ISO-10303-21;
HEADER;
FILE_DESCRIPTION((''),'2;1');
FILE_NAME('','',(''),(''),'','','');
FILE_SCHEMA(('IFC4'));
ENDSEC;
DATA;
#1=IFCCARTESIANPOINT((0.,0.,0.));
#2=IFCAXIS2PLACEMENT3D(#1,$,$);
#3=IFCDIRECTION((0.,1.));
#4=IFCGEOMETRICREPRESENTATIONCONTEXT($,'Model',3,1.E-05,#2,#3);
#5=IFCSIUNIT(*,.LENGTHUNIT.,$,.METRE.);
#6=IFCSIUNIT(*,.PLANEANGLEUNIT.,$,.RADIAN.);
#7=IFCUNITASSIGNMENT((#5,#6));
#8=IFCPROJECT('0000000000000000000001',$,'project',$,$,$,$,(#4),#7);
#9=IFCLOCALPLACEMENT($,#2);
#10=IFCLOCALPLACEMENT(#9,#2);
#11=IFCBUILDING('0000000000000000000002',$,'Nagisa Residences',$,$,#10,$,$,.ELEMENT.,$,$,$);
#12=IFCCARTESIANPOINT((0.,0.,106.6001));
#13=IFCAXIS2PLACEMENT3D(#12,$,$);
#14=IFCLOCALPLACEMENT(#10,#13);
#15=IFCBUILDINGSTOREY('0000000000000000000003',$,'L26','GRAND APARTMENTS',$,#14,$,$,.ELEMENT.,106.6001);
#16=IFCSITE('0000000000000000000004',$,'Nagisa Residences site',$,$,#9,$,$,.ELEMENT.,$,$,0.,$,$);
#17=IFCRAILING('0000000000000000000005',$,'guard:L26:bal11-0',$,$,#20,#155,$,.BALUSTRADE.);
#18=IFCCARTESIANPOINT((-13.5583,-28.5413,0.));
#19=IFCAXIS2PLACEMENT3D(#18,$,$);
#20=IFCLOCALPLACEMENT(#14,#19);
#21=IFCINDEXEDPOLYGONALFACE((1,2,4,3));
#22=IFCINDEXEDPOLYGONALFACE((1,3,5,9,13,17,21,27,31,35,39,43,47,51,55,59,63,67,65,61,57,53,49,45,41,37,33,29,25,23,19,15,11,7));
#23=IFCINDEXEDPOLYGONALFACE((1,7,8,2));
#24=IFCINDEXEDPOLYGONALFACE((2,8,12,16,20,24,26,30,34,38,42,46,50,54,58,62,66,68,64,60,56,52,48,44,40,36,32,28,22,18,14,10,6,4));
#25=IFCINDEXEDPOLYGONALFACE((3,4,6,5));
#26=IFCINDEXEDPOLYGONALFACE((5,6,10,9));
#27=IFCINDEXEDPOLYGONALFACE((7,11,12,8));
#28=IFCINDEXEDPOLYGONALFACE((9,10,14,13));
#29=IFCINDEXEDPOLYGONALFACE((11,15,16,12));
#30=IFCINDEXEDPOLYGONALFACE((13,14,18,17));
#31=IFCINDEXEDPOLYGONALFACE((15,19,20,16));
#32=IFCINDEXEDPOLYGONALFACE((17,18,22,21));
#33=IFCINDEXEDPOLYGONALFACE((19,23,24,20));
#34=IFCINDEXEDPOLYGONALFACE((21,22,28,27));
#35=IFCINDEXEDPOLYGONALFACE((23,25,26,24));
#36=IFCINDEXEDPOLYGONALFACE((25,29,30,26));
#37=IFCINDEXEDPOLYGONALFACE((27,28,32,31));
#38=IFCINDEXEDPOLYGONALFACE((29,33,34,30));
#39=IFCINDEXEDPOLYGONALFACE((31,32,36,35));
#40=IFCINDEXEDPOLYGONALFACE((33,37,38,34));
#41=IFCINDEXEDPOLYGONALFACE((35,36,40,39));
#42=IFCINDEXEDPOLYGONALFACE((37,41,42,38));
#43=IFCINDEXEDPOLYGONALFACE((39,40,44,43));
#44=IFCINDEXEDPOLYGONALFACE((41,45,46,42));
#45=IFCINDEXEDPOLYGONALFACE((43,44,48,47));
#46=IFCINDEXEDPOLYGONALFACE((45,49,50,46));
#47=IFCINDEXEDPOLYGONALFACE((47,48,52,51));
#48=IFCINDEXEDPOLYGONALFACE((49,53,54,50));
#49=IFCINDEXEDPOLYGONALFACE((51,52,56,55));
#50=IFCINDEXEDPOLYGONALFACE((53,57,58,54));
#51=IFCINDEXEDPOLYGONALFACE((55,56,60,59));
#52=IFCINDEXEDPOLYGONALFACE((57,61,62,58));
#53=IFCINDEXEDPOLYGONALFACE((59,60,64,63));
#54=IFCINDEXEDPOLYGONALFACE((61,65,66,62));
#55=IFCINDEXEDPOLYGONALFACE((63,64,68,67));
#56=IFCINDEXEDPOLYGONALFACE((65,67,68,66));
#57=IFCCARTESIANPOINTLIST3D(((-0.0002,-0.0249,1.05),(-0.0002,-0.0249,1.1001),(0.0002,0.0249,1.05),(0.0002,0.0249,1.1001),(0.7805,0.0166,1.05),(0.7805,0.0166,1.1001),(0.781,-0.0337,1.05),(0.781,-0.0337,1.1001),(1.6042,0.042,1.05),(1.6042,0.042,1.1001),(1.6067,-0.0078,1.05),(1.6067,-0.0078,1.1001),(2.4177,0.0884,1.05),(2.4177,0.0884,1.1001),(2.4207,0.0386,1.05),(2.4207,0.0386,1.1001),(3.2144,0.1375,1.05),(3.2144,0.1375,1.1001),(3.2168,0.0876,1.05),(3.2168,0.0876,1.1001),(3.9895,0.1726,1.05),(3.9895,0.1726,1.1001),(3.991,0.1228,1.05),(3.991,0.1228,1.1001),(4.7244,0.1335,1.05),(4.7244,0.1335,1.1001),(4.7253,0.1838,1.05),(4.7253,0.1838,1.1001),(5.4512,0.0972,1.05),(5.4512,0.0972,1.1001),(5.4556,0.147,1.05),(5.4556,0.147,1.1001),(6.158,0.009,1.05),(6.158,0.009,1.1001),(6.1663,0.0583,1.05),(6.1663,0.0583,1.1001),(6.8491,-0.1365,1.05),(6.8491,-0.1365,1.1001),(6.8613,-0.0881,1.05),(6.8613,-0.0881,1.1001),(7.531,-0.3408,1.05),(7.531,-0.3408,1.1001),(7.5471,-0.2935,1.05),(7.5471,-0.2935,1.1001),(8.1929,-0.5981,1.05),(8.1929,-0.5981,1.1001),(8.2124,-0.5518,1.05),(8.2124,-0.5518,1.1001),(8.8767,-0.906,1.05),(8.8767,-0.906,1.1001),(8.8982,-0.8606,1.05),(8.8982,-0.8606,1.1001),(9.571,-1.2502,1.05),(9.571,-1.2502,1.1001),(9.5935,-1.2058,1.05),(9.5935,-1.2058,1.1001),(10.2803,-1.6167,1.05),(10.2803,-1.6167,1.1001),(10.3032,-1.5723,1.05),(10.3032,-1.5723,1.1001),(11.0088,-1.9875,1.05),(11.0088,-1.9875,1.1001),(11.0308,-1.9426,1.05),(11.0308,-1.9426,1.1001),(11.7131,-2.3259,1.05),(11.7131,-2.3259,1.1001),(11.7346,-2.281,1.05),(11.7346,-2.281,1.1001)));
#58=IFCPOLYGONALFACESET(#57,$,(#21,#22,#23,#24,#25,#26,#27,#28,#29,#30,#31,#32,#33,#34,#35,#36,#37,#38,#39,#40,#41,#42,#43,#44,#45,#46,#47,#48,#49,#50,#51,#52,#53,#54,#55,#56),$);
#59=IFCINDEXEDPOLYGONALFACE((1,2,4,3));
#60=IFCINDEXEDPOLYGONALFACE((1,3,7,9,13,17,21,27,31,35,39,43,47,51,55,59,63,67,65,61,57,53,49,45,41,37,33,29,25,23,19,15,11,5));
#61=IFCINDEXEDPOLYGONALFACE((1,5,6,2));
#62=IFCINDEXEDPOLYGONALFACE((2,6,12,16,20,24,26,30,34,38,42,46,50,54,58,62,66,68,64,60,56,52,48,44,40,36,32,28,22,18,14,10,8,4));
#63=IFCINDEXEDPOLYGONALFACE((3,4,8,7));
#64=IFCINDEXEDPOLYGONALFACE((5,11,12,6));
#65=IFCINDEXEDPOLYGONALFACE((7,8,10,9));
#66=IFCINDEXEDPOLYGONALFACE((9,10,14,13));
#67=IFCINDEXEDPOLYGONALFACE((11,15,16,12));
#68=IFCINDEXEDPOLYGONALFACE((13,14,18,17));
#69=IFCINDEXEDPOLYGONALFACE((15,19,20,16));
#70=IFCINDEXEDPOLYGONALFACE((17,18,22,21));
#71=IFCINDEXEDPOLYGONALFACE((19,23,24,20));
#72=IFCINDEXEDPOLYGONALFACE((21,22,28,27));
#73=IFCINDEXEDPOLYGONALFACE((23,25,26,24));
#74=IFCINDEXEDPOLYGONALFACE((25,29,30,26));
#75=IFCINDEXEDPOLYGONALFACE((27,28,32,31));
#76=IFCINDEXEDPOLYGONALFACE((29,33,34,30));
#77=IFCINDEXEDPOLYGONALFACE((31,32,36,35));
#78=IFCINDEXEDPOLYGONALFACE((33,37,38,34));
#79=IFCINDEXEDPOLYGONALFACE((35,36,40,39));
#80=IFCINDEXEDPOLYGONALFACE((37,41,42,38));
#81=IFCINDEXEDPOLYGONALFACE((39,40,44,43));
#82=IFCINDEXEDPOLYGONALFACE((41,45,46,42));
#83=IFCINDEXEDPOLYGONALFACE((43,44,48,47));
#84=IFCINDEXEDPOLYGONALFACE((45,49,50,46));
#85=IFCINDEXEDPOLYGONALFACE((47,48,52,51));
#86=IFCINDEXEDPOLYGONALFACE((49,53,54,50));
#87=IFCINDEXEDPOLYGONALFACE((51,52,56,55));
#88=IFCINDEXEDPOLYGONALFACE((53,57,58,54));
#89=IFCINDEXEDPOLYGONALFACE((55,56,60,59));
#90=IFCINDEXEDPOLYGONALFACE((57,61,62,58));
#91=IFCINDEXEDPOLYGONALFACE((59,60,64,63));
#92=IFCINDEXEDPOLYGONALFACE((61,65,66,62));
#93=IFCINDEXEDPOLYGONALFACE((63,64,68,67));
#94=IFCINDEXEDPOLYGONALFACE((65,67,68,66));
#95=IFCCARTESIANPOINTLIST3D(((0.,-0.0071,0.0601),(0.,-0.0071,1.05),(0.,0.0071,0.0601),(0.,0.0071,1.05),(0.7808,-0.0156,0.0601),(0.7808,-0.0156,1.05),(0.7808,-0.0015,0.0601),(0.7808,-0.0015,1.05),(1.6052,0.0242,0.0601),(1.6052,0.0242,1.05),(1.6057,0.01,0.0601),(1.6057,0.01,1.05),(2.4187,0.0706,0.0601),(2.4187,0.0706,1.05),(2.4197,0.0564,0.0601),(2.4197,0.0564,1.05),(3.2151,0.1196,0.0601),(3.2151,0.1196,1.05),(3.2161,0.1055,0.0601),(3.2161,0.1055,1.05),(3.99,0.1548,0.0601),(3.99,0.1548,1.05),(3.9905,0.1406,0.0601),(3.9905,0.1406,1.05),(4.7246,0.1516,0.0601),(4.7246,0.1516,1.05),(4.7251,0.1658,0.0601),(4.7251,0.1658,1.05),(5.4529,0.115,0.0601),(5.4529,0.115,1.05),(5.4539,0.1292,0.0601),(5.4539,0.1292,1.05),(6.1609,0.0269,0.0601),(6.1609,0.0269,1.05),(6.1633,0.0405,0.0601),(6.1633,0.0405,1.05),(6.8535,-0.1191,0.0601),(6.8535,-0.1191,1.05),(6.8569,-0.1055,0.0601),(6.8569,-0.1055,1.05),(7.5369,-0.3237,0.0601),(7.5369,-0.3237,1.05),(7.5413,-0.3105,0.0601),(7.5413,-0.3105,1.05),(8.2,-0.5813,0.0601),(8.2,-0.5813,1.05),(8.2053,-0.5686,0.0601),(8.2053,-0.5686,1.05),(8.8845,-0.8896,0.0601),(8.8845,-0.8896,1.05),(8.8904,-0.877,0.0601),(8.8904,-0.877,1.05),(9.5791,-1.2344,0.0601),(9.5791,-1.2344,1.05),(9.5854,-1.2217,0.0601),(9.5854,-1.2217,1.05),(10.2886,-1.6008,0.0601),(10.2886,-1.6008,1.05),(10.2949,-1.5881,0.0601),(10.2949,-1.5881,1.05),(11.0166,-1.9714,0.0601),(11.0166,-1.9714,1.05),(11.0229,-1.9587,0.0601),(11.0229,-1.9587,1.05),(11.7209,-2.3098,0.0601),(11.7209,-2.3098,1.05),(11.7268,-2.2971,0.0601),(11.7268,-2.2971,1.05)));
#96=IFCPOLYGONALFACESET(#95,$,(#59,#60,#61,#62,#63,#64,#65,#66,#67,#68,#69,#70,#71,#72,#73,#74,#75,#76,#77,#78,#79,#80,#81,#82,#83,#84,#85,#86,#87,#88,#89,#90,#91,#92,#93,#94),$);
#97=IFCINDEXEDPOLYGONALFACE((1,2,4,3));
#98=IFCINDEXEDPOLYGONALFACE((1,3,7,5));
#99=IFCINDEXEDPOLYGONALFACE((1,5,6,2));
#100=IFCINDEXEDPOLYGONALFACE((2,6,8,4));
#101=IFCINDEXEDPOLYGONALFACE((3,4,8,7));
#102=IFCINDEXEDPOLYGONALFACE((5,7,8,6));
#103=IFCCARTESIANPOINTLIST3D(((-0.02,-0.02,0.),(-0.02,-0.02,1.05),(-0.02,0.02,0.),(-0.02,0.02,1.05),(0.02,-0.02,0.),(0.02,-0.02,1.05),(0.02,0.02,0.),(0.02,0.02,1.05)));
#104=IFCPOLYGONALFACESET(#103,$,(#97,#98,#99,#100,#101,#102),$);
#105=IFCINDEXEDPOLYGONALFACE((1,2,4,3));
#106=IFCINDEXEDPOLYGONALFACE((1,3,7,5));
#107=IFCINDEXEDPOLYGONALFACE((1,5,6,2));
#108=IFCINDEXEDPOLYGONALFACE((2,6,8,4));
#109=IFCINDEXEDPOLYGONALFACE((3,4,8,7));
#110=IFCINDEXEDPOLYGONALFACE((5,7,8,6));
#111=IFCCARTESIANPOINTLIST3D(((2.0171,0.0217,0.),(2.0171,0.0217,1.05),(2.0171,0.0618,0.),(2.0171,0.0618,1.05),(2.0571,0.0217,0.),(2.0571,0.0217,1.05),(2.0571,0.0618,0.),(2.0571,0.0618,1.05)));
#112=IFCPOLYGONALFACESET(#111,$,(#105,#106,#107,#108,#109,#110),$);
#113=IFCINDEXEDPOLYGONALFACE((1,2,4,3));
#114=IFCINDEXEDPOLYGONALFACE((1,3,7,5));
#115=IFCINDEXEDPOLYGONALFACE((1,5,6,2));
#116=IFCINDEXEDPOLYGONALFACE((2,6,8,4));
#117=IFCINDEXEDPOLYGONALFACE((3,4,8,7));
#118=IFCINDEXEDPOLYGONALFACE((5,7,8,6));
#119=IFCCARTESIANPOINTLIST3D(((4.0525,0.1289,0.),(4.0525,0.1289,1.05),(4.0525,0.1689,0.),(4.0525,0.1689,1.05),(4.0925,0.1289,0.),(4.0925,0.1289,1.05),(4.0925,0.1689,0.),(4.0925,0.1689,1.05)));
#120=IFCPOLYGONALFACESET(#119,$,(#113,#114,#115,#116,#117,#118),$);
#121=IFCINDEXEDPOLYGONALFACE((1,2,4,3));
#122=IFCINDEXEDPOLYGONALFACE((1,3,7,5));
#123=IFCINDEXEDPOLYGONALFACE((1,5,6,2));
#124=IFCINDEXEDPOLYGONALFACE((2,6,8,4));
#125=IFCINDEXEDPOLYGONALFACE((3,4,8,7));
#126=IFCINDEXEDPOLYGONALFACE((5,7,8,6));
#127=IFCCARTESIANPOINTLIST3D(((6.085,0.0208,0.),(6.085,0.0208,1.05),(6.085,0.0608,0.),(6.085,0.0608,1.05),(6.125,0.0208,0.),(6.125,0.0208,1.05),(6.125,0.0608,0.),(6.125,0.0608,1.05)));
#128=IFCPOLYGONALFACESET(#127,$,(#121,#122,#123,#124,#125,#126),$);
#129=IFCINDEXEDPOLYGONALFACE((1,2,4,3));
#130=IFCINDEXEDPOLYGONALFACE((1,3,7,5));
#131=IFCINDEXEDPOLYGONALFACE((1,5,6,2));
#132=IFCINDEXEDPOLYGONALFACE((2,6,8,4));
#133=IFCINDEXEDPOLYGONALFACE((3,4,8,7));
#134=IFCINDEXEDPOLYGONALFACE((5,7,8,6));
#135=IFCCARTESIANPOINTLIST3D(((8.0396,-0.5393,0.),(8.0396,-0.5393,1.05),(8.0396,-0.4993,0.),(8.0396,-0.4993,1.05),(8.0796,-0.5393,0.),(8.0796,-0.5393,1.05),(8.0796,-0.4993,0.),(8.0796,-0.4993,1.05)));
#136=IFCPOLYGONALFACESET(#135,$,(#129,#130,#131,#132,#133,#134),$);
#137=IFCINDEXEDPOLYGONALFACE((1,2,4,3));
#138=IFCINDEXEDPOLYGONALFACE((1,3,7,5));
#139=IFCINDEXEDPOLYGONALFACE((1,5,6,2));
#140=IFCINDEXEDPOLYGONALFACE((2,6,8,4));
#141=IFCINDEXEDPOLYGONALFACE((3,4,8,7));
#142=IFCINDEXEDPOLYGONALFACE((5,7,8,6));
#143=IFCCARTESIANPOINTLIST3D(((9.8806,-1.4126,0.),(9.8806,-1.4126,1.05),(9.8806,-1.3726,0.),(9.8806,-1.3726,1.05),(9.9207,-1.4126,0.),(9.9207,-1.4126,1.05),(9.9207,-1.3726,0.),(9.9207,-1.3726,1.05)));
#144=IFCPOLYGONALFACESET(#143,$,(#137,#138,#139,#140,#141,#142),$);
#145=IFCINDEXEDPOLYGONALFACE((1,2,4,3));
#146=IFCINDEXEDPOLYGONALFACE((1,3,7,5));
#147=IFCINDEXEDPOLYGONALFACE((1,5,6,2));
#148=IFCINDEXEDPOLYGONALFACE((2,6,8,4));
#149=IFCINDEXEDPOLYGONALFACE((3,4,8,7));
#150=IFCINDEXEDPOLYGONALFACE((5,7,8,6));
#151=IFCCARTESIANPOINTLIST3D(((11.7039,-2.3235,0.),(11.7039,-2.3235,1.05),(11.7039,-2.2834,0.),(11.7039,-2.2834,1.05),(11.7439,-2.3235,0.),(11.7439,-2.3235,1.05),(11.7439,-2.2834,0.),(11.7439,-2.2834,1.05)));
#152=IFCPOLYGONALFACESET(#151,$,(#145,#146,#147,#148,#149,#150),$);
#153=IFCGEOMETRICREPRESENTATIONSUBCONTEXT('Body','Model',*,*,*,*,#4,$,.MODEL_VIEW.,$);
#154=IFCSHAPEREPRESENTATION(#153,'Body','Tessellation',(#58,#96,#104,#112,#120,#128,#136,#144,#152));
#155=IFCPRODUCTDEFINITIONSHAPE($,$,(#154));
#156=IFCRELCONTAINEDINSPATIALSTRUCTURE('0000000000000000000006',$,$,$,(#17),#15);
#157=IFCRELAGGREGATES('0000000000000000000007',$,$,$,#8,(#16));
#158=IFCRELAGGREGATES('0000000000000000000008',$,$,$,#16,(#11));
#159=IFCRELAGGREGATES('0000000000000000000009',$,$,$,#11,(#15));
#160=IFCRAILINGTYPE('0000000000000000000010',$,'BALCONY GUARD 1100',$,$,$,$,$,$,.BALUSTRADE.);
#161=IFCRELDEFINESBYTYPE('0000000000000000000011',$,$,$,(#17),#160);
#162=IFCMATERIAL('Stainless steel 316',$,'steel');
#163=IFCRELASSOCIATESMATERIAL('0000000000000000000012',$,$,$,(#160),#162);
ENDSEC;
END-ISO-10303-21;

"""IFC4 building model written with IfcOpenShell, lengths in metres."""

from ifc_helpers import new_model, si_unit, direction, frame, origin, origin_2d, place, context, subcontext, project, spatial, polyline, rectangle, outline, extrude, material, type_object, element, save


model = new_model("IFC4")

# Units and contexts
model_context = context("Model", 3, precision=1e-05, world=origin(), true_north=direction((0.0, 1.0)))
body_context = subcontext(model_context, "Body", "Model", "MODEL_VIEW")
ifc_project = project(units=[si_unit("LENGTHUNIT", "METRE"), si_unit("PLANEANGLEUNIT", "RADIAN")], contexts=[model_context])

# Site, building, storey
site_placement = place(None, origin())
site = spatial("IfcSite", under=ifc_project, at=site_placement, Name="Nagisa Residences site", CompositionType="ELEMENT", RefElevation=0.0)
building_placement = place(site_placement, origin())
building = spatial("IfcBuilding", under=site, at=building_placement, Name="Nagisa Residences", CompositionType="ELEMENT")
storey_placement = place(building_placement, frame((0.0, 0.0, 106.6001)))
storey = spatial("IfcBuildingStorey", under=building, at=storey_placement, Name="L26", Description="GRAND APARTMENTS", CompositionType="ELEMENT", Elevation=106.6001)

# Railing
ifc_material_1 = material(Name="Stainless steel 316", Category="steel")
railing_type = type_object("IfcRailingType", Name="BALCONY GUARD 1100", PredefinedType="BALUSTRADE", material=ifc_material_1)
railing_1_placement = place(storey_placement, frame((-13.5583, -28.5413, 0.0)))
element("IfcRailing", 1, at=railing_1_placement, inside=storey, type_object=railing_type, Name="guard:L26:bal11-0", PredefinedType="BALUSTRADE", context=body_context, shape_type="SweptSolid", body=[
    extrude(outline(polyline([(0.7805, 0.0166), (0.0002, 0.0249), (-0.0002, -0.0249), (0.781, -0.0337), (1.6067, -0.0078), (2.4207, 0.0386), (3.2168, 0.0876), (3.991, 0.1228), (4.7244, 0.1335), (5.4512, 0.0972), (6.158, 0.009), (6.8491, -0.1365), (7.531, -0.3408), (8.1929, -0.5981), (8.8767, -0.906), (9.571, -1.2502), (10.2803, -1.6167), (11.0088, -1.9875), (11.7131, -2.3259), (11.7346, -2.281), (11.0308, -1.9426), (10.3032, -1.5723), (9.5935, -1.2058), (8.8982, -0.8606), (8.2124, -0.5518), (7.5471, -0.2935), (6.8613, -0.0881), (6.1663, 0.0583), (5.4556, 0.147), (4.7253, 0.1838), (3.9895, 0.1726), (3.2144, 0.1375), (2.4177, 0.0884), (1.6042, 0.042), (0.7805, 0.0166)])), frame((0.0, 0.0, 1.05)), (0.0, 0.0, 1.0), 0.05),
    extrude(outline(polyline([(0.7808, -0.0015), (0.0, 0.0071), (0.0, -0.0071), (0.7808, -0.0156), (1.6057, 0.01), (2.4197, 0.0564), (3.2161, 0.1055), (3.9905, 0.1406), (4.7246, 0.1516), (5.4529, 0.115), (6.1609, 0.0269), (6.8535, -0.1191), (7.5369, -0.3237), (8.2, -0.5813), (8.8845, -0.8896), (9.5791, -1.2344), (10.2886, -1.6008), (11.0166, -1.9714), (11.7209, -2.3098), (11.7268, -2.2971), (11.0229, -1.9587), (10.2949, -1.5881), (9.5854, -1.2217), (8.8904, -0.877), (8.2053, -0.5686), (7.5413, -0.3105), (6.8569, -0.1055), (6.1633, 0.0405), (5.4539, 0.1292), (4.7251, 0.1658), (3.99, 0.1548), (3.2151, 0.1196), (2.4187, 0.0706), (1.6052, 0.0242), (0.7808, -0.0015)])), frame((0.0, 0.0, 0.0601)), (0.0, 0.0, 1.0), 0.99),
    extrude(rectangle(XDim=0.04, YDim=0.04, at=origin_2d()), origin(), (0.0, 0.0, 1.0), 1.05),
    extrude(rectangle(XDim=0.04, YDim=0.04, at=origin_2d()), frame((2.0371, 0.0417, 0.0)), (0.0, 0.0, 1.0), 1.05),
    extrude(rectangle(XDim=0.04, YDim=0.04, at=origin_2d()), frame((4.0725, 0.1489, 0.0)), (0.0, 0.0, 1.0), 1.05),
    extrude(rectangle(XDim=0.04, YDim=0.04, at=origin_2d()), frame((6.105, 0.0408, 0.0)), (0.0, 0.0, 1.0), 1.05),
    extrude(rectangle(XDim=0.04, YDim=0.04, at=origin_2d()), frame((8.0596, -0.5193, 0.0)), (0.0, 0.0, 1.0), 1.05),
    extrude(rectangle(XDim=0.04, YDim=0.04, at=origin_2d()), frame((9.9006, -1.3926, 0.0)), (0.0, 0.0, 1.0), 1.05),
    extrude(rectangle(XDim=0.04, YDim=0.04, at=origin_2d()), frame((11.7239, -2.3035, 0.0)), (0.0, 0.0, 1.0), 1.05),
])

save(model, "model.ifc")
